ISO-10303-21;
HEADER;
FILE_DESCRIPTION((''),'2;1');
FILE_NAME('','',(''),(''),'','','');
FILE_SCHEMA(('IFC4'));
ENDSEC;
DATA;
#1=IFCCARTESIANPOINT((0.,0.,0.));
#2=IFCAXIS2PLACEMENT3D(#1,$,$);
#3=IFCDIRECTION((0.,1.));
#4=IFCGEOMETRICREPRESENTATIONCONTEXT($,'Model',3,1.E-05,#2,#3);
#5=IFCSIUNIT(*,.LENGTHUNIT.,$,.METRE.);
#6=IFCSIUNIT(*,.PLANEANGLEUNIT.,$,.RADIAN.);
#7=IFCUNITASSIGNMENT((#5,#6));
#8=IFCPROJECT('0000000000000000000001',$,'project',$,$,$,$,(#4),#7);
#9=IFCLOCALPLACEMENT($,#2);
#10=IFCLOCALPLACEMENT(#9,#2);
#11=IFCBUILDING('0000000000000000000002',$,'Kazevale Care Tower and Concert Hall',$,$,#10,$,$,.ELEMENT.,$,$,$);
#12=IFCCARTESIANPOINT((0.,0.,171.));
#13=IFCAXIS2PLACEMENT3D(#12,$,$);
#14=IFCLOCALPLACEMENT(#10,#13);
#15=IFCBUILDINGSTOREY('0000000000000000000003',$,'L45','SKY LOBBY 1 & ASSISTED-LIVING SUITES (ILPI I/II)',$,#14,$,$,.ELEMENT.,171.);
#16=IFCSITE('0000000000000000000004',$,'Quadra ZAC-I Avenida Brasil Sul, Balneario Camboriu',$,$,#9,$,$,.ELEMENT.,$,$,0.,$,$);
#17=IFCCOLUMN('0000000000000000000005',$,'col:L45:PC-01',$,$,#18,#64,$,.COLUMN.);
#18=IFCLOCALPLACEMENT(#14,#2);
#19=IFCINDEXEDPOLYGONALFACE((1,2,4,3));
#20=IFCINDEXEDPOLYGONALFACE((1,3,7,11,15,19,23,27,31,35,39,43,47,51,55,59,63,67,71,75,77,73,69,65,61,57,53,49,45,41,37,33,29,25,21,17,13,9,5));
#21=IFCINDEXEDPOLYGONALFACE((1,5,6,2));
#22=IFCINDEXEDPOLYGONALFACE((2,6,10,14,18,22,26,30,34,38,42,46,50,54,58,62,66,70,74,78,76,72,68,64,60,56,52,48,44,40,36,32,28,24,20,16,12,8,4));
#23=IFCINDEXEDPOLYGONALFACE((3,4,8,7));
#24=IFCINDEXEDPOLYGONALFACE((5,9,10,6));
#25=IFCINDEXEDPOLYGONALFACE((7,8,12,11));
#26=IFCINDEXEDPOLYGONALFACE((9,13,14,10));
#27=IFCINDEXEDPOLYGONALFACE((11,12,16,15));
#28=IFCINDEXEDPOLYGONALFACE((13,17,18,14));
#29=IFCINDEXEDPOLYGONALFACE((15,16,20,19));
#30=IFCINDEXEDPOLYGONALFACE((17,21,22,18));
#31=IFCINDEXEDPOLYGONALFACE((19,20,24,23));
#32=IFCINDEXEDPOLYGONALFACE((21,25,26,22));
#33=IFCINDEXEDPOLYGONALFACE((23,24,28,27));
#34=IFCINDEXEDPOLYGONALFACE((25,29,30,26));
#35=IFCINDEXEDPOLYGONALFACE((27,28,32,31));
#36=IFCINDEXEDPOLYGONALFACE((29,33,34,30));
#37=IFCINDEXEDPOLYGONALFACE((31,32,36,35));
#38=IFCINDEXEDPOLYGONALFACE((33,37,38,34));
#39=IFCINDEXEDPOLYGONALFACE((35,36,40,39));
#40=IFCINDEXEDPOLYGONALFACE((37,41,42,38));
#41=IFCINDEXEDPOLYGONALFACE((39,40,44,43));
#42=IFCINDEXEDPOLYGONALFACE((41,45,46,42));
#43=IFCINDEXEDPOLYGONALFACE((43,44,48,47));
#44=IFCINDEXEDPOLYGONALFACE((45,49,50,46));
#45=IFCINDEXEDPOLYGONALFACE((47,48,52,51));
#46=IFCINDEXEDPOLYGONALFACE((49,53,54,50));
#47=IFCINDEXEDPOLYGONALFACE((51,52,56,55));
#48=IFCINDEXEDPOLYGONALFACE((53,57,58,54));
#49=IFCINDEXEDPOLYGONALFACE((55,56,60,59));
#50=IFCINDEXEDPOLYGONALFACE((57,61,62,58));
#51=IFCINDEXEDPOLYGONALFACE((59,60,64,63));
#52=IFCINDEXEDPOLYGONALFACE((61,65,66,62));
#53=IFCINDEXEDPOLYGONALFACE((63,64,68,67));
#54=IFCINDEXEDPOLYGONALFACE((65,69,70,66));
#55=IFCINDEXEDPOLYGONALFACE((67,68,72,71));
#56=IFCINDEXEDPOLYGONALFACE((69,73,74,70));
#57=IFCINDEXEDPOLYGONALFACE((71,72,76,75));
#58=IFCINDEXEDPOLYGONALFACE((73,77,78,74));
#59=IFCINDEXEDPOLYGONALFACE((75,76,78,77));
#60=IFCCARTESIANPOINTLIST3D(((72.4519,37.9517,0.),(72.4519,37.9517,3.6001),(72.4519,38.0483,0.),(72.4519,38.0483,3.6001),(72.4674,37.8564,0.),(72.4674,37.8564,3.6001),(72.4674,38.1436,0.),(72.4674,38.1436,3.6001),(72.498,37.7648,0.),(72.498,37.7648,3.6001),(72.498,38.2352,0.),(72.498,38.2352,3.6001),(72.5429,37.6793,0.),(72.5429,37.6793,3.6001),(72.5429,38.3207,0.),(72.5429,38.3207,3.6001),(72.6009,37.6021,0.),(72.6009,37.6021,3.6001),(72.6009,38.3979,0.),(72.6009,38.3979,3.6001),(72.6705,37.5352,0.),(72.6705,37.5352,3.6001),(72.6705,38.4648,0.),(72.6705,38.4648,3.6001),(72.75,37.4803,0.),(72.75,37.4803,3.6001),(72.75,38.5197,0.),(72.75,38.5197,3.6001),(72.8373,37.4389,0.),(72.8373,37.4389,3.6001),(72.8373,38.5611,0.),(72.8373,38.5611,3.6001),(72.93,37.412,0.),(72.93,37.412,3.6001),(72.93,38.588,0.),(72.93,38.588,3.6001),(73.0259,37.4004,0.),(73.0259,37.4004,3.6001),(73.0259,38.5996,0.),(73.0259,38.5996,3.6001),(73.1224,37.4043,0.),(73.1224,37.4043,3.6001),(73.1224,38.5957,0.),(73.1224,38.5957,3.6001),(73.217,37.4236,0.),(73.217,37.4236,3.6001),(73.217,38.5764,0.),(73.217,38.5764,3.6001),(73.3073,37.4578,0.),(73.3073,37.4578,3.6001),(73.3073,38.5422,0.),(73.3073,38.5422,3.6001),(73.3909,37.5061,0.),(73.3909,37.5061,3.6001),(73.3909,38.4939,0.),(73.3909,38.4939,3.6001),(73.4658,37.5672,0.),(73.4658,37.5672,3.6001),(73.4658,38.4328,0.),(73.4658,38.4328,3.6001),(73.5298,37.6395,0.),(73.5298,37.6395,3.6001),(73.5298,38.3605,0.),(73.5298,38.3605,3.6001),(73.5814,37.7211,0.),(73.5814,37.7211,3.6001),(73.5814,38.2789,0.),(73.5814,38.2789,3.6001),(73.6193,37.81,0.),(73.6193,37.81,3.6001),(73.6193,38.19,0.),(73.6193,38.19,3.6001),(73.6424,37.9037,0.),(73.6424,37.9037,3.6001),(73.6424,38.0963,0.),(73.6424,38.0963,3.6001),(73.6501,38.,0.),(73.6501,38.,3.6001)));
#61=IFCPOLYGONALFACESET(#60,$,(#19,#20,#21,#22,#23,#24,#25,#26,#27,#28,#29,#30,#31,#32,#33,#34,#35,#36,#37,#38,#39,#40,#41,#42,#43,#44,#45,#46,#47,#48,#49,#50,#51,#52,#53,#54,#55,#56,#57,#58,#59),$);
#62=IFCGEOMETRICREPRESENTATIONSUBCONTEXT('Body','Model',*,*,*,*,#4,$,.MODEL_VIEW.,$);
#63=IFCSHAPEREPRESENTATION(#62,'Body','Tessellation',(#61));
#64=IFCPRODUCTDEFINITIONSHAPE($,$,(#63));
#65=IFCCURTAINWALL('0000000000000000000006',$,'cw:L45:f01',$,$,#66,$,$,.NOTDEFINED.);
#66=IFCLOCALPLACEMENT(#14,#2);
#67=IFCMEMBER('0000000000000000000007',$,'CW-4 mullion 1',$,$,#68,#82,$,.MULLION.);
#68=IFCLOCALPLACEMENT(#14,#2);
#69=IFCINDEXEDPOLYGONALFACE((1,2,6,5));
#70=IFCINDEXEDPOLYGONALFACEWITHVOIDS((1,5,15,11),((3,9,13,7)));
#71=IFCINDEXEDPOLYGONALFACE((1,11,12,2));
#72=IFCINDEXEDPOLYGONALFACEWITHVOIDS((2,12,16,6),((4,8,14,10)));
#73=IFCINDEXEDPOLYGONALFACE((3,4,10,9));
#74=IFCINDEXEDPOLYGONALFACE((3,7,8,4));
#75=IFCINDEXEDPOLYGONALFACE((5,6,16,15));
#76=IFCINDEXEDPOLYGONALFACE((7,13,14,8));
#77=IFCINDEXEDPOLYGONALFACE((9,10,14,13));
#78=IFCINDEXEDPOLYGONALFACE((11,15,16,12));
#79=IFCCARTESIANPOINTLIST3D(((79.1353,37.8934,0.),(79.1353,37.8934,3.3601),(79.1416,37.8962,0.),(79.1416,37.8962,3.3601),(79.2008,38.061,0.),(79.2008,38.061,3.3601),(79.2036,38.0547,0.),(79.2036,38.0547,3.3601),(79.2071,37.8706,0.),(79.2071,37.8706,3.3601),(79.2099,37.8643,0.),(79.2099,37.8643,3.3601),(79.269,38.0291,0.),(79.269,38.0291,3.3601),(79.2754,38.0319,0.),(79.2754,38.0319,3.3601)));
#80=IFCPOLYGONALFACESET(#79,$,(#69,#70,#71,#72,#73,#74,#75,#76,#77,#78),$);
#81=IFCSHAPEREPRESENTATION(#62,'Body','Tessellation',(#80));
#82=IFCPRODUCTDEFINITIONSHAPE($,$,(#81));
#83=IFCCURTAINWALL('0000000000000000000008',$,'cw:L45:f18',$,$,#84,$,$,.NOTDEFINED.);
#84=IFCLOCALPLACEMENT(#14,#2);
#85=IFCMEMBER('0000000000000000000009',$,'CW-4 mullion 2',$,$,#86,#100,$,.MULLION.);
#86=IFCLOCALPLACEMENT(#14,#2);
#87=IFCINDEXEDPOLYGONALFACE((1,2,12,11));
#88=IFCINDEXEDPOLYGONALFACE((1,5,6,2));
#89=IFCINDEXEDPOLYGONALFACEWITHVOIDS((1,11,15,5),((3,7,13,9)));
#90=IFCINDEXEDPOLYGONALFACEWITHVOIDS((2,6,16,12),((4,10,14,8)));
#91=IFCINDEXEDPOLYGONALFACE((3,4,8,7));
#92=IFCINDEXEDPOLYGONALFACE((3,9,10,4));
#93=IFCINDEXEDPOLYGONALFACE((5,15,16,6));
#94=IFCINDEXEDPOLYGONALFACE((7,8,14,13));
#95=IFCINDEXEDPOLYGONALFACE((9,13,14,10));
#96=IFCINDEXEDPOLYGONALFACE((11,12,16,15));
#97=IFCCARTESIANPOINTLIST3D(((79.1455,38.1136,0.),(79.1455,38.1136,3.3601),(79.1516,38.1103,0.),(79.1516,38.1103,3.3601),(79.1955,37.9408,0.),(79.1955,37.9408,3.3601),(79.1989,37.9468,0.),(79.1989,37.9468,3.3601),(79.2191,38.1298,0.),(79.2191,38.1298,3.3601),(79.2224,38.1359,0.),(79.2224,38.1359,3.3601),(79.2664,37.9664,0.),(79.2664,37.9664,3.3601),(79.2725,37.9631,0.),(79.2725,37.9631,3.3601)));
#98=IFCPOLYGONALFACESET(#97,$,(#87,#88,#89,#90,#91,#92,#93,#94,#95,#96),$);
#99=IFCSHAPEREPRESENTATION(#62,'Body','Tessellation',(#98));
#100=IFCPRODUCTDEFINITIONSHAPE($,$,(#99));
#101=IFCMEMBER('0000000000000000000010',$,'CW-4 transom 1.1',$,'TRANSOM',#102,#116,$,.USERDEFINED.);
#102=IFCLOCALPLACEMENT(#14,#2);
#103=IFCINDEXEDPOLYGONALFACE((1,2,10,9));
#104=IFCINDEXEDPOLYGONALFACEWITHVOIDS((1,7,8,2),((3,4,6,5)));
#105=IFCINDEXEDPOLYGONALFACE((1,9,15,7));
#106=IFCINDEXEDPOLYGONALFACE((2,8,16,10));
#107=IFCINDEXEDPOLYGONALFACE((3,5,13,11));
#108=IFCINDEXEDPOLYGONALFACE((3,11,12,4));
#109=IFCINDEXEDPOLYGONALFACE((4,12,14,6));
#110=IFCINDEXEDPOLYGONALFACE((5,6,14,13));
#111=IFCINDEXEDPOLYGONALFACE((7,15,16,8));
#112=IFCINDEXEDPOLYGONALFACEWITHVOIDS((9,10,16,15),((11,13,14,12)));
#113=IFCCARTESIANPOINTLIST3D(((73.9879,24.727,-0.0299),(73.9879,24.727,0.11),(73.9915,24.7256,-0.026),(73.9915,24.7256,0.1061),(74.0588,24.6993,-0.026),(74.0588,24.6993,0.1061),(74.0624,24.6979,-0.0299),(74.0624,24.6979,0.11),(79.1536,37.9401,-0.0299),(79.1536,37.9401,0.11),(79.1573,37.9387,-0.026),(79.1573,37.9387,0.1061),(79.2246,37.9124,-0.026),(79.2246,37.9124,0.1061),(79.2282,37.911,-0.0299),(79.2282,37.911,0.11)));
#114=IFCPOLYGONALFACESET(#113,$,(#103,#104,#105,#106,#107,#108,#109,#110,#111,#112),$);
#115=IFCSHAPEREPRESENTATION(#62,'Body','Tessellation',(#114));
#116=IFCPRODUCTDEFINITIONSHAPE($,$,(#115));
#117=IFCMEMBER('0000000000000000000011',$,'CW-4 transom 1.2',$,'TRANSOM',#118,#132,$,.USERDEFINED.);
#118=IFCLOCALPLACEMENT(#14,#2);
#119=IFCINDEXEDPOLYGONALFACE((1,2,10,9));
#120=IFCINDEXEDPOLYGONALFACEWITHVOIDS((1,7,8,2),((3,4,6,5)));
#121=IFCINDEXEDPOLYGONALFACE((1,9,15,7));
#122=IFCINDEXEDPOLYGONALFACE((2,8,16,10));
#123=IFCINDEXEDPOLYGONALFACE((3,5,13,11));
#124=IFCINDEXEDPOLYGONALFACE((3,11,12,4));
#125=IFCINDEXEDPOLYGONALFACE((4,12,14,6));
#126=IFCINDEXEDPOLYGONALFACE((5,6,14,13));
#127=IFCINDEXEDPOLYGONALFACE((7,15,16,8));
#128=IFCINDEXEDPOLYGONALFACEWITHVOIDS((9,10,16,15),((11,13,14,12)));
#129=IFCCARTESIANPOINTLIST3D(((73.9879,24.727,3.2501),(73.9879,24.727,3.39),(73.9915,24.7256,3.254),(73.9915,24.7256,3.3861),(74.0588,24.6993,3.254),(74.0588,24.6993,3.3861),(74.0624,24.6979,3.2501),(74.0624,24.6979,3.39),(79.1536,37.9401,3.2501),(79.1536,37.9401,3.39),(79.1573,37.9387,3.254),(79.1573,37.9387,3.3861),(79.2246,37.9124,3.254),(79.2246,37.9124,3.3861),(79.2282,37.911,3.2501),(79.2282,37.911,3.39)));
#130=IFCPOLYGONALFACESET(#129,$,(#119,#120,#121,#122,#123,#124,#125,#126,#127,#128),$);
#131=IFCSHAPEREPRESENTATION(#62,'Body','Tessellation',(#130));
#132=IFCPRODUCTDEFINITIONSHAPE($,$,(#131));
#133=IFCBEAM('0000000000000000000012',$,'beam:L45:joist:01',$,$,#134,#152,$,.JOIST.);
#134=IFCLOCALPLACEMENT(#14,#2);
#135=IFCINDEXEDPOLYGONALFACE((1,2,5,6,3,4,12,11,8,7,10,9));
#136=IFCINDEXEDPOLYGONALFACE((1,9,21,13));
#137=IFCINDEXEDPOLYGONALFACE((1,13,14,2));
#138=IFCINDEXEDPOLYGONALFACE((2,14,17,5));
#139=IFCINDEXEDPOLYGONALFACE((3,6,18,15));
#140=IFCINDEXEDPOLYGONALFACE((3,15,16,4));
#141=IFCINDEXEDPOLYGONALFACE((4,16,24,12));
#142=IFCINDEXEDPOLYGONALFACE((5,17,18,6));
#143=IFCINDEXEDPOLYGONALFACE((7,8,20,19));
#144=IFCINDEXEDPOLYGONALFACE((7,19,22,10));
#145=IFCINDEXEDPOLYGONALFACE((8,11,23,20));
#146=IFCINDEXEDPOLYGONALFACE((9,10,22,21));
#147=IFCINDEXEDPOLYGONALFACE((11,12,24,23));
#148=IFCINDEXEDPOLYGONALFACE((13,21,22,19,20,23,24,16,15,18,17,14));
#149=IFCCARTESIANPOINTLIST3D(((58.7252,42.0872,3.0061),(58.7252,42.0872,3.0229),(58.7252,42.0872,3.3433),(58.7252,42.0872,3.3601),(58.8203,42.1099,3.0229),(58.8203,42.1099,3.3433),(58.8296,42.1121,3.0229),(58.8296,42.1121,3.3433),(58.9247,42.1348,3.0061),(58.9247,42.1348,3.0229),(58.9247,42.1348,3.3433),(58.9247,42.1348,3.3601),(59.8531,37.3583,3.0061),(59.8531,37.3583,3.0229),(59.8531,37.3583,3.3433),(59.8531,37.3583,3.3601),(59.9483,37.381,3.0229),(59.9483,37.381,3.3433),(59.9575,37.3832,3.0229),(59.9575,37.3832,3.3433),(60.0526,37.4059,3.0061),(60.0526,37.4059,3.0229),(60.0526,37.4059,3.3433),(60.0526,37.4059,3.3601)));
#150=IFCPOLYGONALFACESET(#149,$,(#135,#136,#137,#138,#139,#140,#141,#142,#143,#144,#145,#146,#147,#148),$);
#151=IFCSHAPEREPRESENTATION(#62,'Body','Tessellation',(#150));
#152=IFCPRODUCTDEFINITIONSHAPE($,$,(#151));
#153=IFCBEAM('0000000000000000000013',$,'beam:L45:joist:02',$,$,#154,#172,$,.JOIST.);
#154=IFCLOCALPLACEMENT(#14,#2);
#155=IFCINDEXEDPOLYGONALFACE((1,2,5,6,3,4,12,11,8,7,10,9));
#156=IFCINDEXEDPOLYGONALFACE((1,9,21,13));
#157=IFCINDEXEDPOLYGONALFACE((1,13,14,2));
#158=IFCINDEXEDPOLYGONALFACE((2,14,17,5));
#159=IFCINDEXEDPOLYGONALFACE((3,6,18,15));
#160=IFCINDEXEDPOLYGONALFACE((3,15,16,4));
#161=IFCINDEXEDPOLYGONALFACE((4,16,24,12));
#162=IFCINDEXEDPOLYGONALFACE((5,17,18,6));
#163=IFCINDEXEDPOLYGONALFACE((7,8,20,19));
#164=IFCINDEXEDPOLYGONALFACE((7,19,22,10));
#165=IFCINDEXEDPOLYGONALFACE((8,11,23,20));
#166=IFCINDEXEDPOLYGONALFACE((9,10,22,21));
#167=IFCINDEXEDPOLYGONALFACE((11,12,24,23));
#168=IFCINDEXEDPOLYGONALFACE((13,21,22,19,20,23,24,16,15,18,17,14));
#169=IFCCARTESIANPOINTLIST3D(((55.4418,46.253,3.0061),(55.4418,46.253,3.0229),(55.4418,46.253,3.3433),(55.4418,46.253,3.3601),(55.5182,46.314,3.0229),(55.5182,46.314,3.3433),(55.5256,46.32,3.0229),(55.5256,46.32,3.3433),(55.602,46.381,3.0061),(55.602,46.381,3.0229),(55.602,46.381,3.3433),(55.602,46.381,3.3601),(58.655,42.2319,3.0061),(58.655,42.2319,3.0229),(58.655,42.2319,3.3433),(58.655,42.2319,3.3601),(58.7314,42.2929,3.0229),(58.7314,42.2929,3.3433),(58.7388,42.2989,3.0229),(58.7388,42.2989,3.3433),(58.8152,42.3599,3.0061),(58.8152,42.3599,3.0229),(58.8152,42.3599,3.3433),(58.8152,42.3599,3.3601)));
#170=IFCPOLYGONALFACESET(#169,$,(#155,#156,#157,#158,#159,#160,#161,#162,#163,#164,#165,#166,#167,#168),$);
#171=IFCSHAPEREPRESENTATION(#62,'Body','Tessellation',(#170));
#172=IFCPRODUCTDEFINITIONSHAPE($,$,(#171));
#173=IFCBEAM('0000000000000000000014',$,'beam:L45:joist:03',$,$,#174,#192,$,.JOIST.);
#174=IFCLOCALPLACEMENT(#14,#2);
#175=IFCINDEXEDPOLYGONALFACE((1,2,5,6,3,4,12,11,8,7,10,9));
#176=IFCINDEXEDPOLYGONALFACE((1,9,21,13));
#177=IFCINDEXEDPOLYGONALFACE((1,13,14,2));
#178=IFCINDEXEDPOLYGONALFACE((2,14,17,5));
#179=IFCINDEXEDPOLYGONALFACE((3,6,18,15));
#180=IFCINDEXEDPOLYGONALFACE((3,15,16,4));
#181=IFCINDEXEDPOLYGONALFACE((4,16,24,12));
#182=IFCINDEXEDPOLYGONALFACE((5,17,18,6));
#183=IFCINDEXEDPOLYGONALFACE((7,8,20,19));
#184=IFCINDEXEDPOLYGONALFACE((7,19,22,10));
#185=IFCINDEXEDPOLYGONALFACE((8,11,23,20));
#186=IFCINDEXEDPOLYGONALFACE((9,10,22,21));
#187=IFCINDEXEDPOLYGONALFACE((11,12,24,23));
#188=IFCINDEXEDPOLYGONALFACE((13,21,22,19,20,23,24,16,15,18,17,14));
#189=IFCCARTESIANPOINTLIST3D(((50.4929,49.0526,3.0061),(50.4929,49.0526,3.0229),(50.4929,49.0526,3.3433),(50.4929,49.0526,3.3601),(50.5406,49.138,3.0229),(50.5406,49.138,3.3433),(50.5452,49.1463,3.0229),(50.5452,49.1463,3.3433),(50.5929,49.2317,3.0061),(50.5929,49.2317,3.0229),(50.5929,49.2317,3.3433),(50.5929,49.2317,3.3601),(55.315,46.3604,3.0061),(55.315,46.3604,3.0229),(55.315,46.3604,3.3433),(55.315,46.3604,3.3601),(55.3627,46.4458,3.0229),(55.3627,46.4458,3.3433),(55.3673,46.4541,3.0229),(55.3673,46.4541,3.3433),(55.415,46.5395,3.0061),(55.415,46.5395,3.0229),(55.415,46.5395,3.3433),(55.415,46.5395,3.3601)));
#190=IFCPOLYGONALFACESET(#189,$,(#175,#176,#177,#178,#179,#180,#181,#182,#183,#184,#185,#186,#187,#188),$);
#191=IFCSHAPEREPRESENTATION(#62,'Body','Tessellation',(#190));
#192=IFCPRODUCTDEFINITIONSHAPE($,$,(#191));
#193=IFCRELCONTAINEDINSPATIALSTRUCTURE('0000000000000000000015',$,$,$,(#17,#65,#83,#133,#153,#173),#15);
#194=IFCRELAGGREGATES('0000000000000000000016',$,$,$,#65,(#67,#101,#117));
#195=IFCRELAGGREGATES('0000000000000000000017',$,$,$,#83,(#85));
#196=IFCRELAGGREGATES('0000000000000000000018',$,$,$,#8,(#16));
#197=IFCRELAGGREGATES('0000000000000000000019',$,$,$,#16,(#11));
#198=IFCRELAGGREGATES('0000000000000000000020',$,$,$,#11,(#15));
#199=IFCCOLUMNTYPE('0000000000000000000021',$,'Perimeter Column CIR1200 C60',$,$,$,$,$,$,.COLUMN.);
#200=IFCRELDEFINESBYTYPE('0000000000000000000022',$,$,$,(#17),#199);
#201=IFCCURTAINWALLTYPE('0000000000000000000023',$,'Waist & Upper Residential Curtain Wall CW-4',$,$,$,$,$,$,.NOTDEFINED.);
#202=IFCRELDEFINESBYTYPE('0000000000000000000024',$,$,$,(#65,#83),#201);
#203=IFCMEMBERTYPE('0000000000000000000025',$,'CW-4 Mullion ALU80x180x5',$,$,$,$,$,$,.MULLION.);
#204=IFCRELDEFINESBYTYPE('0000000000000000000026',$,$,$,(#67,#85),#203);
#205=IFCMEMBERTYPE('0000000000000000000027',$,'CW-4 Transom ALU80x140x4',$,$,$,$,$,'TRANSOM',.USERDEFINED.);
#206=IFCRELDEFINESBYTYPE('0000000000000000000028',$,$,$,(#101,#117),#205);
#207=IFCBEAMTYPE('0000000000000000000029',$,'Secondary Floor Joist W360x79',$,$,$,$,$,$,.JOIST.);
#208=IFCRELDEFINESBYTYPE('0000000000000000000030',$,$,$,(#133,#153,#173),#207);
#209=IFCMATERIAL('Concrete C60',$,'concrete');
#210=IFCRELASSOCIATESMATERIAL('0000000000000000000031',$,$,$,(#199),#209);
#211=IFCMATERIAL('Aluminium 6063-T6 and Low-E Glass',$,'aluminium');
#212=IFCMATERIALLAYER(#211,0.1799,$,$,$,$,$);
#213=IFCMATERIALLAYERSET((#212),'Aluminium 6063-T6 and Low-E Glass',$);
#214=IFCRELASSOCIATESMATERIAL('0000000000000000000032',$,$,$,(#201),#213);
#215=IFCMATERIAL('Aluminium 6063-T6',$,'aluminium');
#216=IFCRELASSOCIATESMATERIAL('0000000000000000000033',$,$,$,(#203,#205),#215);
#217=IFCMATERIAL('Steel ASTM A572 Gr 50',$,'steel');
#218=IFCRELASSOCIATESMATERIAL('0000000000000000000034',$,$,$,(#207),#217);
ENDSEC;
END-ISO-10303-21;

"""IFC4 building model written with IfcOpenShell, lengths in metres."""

from ifc_helpers import new_model, si_unit, direction, frame, origin, origin_2d, place, context, subcontext, project, spatial, hollow_rectangle, circle, i_section, extrude, material, layer, layer_set, material_profile, profile_set, type_object, element, aggregate, save


model = new_model("IFC4")

# Units and contexts
model_context = context("Model", 3, precision=1e-05, world=origin(), true_north=direction((0.0, 1.0)))
body_context = subcontext(model_context, "Body", "Model", "MODEL_VIEW")
ifc_project = project(units=[si_unit("LENGTHUNIT", "METRE"), si_unit("PLANEANGLEUNIT", "RADIAN")], contexts=[model_context])

# Site, building, storey
site_placement = place(None, origin())
site = spatial("IfcSite", under=ifc_project, at=site_placement, Name="Quadra ZAC-I Avenida Brasil Sul, Balneario Camboriu", CompositionType="ELEMENT", RefElevation=0.0)
building_placement = place(site_placement, origin())
building = spatial("IfcBuilding", under=site, at=building_placement, Name="Kazevale Care Tower and Concert Hall", CompositionType="ELEMENT")
storey_placement = place(building_placement, frame((0.0, 0.0, 171.0)))
storey = spatial("IfcBuildingStorey", under=building, at=storey_placement, Name="L45", Description="SKY LOBBY 1 & ASSISTED-LIVING SUITES (ILPI I/II)", CompositionType="ELEMENT", Elevation=171.0)

# Column
ifc_material_1 = material(Name="Concrete C60", Category="concrete")
ifc_material_profile_1 = material_profile(ifc_material_1, circle(Radius=0.6001, at=origin_2d()), Name="RC-CIR1200")
ifc_profile_set_1 = profile_set([ifc_material_profile_1], Name="Concrete C60")
column_type = type_object("IfcColumnType", Name="Perimeter Column CIR1200 C60", PredefinedType="COLUMN", material=ifc_profile_set_1)
column_placement = place(storey_placement, frame((73.05, 38.0, 0.0), z_axis=(0.0, 0.0, 1.0), x_axis=(1.0, 0.0, 0.0)))
element("IfcColumn", 1, at=column_placement, inside=storey, type_object=column_type, Name="col:L45:PC-01", PredefinedType="COLUMN", context=body_context, shape_type="SweptSolid", body=[
    extrude(circle(Radius=0.6001, at=origin_2d()), origin(), (0.0, 0.0, 1.0), 3.6001),
])

# Curtain walls, members
ifc_material_2 = material(Name="Aluminium 6063-T6 and Low-E Glass", Category="aluminium")
ifc_layer_1 = layer(ifc_material_2, 0.1799)
ifc_layer_set_1 = layer_set([ifc_layer_1], Name="Aluminium 6063-T6 and Low-E Glass")
curtain_wall_type = type_object("IfcCurtainWallType", Name="Waist & Upper Residential Curtain Wall CW-4", PredefinedType="NOTDEFINED", material=ifc_layer_set_1)
curtain_wall_1_placement = place(storey_placement, origin())
curtain_wall_1 = element("IfcCurtainWall", 2, at=curtain_wall_1_placement, inside=storey, type_object=curtain_wall_type, Name="cw:L45:f01", PredefinedType="NOTDEFINED")
ifc_material_3 = material(Name="Aluminium 6063-T6", Category="aluminium")
ifc_material_profile_2 = material_profile(ifc_material_3, hollow_rectangle(XDim=0.0801, YDim=0.1799, WallThickness=0.0049, at=origin_2d()), Name="ALU80x180x5")
ifc_profile_set_2 = profile_set([ifc_material_profile_2], Name="Aluminium 6063-T6")
member_type_1 = type_object("IfcMemberType", Name="CW-4 Mullion ALU80x180x5", PredefinedType="MULLION", material=ifc_profile_set_2)
member_1_placement = place(storey_placement, frame((79.2053, 37.9626, 0.0), z_axis=(0.0, 0.0, 1.0), x_axis=(0.931352, -0.364121, 0.0)))
member_1 = element("IfcMember", 3, at=member_1_placement, type_object=member_type_1, Name="CW-4 mullion 1", PredefinedType="MULLION", context=body_context, shape_type="SweptSolid", body=[
    extrude(hollow_rectangle(XDim=0.0801, YDim=0.1799, WallThickness=0.0049, at=origin_2d()), origin(), (0.0, 0.0, 1.0), 3.3601),
])
curtain_wall_2_placement = place(storey_placement, origin())
curtain_wall_2 = element("IfcCurtainWall", 4, at=curtain_wall_2_placement, inside=storey, type_object=curtain_wall_type, Name="cw:L45:f18", PredefinedType="NOTDEFINED")
member_2_placement = place(storey_placement, frame((79.209, 38.0383, 0.0), z_axis=(0.0, 0.0, 1.0), x_axis=(0.960542, 0.278137, 0.0)))
member_2 = element("IfcMember", 5, at=member_2_placement, type_object=member_type_1, Name="CW-4 mullion 2", PredefinedType="MULLION", context=body_context, shape_type="SweptSolid", body=[
    extrude(hollow_rectangle(XDim=0.0801, YDim=0.1799, WallThickness=0.0049, at=origin_2d()), origin(), (0.0, 0.0, 1.0), 3.3601),
])

# Members
ifc_material_profile_3 = material_profile(ifc_material_3, hollow_rectangle(XDim=0.0801, YDim=0.1399, WallThickness=0.0039, at=origin_2d()), Name="ALU80x140x4")
ifc_profile_set_3 = profile_set([ifc_material_profile_3], Name="Aluminium 6063-T6")
member_type_2 = type_object("IfcMemberType", Name="CW-4 Transom ALU80x140x4", ElementType="TRANSOM", PredefinedType="USERDEFINED", material=ifc_profile_set_3)
member_3_placement = place(storey_placement, frame((79.1909, 37.9255, 0.04), z_axis=(-0.364119, -0.931352, 0.0), x_axis=(0.931352, -0.364119, 0.0)))
member_3 = element("IfcMember", 6, at=member_3_placement, type_object=member_type_2, Name="CW-4 transom 1.1", ObjectType="TRANSOM", PredefinedType="USERDEFINED", context=body_context, shape_type="SweptSolid", body=[
    extrude(hollow_rectangle(XDim=0.0801, YDim=0.1399, WallThickness=0.0039, at=origin_2d()), origin(), (0.0, 0.0, 1.0), 14.187),
])
member_4_placement = place(storey_placement, frame((79.1909, 37.9255, 3.3201), z_axis=(-0.364119, -0.931352, 0.0), x_axis=(0.931352, -0.364119, 0.0)))
member_4 = element("IfcMember", 7, at=member_4_placement, type_object=member_type_2, Name="CW-4 transom 1.2", ObjectType="TRANSOM", PredefinedType="USERDEFINED", context=body_context, shape_type="SweptSolid", body=[
    extrude(hollow_rectangle(XDim=0.0801, YDim=0.1399, WallThickness=0.0039, at=origin_2d()), origin(), (0.0, 0.0, 1.0), 14.187),
])

# Beams
ifc_material_4 = material(Name="Steel ASTM A572 Gr 50", Category="steel")
ifc_material_profile_4 = material_profile(ifc_material_4, i_section(OverallWidth=0.2051, OverallDepth=0.354, WebThickness=0.0095, FlangeThickness=0.0168, at=origin_2d()), Name="W360x79")
ifc_profile_set_4 = profile_set([ifc_material_profile_4], Name="Steel ASTM A572 Gr 50")
beam_type_1 = type_object("IfcBeamType", Name="Secondary Floor Joist W360x79", PredefinedType="JOIST", material=ifc_profile_set_4)
beam_1_placement = place(storey_placement, frame((59.9529, 37.3821, 3.1831), z_axis=(-0.232005, 0.972715, 0.0), x_axis=(-0.972715, -0.232005, 0.0)))
element("IfcBeam", 8, at=beam_1_placement, inside=storey, type_object=beam_type_1, Name="beam:L45:joist:01", PredefinedType="JOIST", context=body_context, shape_type="SweptSolid", body=[
    extrude(i_section(OverallWidth=0.2051, OverallDepth=0.354, WebThickness=0.0095, FlangeThickness=0.0168, at=origin_2d()), origin(), (0.0, 0.0, 1.0), 4.8616),
])
beam_2_placement = place(storey_placement, frame((58.7351, 42.2959, 3.1831), z_axis=(-0.624261, 0.781216, 0.0), x_axis=(-0.781216, -0.624261, 0.0)))
element("IfcBeam", 9, at=beam_2_placement, inside=storey, type_object=beam_type_1, Name="beam:L45:joist:02", PredefinedType="JOIST", context=body_context, shape_type="SweptSolid", body=[
    extrude(i_section(OverallWidth=0.2051, OverallDepth=0.354, WebThickness=0.0095, FlangeThickness=0.0168, at=origin_2d()), origin(), (0.0, 0.0, 1.0), 5.1472),
])
beam_3_placement = place(storey_placement, frame((55.365, 46.45, 3.1831), z_axis=(-0.873138, 0.487474, 0.0), x_axis=(-0.487474, -0.873138, 0.0)))
element("IfcBeam", 10, at=beam_3_placement, inside=storey, type_object=beam_type_1, Name="beam:L45:joist:03", PredefinedType="JOIST", context=body_context, shape_type="SweptSolid", body=[
    extrude(i_section(OverallWidth=0.2051, OverallDepth=0.354, WebThickness=0.0095, FlangeThickness=0.0168, at=origin_2d()), origin(), (0.0, 0.0, 1.0), 5.5227),
])

aggregate(curtain_wall_1, [member_1, member_3, member_4])
aggregate(curtain_wall_2, [member_2])

save(model, "model.ifc")
